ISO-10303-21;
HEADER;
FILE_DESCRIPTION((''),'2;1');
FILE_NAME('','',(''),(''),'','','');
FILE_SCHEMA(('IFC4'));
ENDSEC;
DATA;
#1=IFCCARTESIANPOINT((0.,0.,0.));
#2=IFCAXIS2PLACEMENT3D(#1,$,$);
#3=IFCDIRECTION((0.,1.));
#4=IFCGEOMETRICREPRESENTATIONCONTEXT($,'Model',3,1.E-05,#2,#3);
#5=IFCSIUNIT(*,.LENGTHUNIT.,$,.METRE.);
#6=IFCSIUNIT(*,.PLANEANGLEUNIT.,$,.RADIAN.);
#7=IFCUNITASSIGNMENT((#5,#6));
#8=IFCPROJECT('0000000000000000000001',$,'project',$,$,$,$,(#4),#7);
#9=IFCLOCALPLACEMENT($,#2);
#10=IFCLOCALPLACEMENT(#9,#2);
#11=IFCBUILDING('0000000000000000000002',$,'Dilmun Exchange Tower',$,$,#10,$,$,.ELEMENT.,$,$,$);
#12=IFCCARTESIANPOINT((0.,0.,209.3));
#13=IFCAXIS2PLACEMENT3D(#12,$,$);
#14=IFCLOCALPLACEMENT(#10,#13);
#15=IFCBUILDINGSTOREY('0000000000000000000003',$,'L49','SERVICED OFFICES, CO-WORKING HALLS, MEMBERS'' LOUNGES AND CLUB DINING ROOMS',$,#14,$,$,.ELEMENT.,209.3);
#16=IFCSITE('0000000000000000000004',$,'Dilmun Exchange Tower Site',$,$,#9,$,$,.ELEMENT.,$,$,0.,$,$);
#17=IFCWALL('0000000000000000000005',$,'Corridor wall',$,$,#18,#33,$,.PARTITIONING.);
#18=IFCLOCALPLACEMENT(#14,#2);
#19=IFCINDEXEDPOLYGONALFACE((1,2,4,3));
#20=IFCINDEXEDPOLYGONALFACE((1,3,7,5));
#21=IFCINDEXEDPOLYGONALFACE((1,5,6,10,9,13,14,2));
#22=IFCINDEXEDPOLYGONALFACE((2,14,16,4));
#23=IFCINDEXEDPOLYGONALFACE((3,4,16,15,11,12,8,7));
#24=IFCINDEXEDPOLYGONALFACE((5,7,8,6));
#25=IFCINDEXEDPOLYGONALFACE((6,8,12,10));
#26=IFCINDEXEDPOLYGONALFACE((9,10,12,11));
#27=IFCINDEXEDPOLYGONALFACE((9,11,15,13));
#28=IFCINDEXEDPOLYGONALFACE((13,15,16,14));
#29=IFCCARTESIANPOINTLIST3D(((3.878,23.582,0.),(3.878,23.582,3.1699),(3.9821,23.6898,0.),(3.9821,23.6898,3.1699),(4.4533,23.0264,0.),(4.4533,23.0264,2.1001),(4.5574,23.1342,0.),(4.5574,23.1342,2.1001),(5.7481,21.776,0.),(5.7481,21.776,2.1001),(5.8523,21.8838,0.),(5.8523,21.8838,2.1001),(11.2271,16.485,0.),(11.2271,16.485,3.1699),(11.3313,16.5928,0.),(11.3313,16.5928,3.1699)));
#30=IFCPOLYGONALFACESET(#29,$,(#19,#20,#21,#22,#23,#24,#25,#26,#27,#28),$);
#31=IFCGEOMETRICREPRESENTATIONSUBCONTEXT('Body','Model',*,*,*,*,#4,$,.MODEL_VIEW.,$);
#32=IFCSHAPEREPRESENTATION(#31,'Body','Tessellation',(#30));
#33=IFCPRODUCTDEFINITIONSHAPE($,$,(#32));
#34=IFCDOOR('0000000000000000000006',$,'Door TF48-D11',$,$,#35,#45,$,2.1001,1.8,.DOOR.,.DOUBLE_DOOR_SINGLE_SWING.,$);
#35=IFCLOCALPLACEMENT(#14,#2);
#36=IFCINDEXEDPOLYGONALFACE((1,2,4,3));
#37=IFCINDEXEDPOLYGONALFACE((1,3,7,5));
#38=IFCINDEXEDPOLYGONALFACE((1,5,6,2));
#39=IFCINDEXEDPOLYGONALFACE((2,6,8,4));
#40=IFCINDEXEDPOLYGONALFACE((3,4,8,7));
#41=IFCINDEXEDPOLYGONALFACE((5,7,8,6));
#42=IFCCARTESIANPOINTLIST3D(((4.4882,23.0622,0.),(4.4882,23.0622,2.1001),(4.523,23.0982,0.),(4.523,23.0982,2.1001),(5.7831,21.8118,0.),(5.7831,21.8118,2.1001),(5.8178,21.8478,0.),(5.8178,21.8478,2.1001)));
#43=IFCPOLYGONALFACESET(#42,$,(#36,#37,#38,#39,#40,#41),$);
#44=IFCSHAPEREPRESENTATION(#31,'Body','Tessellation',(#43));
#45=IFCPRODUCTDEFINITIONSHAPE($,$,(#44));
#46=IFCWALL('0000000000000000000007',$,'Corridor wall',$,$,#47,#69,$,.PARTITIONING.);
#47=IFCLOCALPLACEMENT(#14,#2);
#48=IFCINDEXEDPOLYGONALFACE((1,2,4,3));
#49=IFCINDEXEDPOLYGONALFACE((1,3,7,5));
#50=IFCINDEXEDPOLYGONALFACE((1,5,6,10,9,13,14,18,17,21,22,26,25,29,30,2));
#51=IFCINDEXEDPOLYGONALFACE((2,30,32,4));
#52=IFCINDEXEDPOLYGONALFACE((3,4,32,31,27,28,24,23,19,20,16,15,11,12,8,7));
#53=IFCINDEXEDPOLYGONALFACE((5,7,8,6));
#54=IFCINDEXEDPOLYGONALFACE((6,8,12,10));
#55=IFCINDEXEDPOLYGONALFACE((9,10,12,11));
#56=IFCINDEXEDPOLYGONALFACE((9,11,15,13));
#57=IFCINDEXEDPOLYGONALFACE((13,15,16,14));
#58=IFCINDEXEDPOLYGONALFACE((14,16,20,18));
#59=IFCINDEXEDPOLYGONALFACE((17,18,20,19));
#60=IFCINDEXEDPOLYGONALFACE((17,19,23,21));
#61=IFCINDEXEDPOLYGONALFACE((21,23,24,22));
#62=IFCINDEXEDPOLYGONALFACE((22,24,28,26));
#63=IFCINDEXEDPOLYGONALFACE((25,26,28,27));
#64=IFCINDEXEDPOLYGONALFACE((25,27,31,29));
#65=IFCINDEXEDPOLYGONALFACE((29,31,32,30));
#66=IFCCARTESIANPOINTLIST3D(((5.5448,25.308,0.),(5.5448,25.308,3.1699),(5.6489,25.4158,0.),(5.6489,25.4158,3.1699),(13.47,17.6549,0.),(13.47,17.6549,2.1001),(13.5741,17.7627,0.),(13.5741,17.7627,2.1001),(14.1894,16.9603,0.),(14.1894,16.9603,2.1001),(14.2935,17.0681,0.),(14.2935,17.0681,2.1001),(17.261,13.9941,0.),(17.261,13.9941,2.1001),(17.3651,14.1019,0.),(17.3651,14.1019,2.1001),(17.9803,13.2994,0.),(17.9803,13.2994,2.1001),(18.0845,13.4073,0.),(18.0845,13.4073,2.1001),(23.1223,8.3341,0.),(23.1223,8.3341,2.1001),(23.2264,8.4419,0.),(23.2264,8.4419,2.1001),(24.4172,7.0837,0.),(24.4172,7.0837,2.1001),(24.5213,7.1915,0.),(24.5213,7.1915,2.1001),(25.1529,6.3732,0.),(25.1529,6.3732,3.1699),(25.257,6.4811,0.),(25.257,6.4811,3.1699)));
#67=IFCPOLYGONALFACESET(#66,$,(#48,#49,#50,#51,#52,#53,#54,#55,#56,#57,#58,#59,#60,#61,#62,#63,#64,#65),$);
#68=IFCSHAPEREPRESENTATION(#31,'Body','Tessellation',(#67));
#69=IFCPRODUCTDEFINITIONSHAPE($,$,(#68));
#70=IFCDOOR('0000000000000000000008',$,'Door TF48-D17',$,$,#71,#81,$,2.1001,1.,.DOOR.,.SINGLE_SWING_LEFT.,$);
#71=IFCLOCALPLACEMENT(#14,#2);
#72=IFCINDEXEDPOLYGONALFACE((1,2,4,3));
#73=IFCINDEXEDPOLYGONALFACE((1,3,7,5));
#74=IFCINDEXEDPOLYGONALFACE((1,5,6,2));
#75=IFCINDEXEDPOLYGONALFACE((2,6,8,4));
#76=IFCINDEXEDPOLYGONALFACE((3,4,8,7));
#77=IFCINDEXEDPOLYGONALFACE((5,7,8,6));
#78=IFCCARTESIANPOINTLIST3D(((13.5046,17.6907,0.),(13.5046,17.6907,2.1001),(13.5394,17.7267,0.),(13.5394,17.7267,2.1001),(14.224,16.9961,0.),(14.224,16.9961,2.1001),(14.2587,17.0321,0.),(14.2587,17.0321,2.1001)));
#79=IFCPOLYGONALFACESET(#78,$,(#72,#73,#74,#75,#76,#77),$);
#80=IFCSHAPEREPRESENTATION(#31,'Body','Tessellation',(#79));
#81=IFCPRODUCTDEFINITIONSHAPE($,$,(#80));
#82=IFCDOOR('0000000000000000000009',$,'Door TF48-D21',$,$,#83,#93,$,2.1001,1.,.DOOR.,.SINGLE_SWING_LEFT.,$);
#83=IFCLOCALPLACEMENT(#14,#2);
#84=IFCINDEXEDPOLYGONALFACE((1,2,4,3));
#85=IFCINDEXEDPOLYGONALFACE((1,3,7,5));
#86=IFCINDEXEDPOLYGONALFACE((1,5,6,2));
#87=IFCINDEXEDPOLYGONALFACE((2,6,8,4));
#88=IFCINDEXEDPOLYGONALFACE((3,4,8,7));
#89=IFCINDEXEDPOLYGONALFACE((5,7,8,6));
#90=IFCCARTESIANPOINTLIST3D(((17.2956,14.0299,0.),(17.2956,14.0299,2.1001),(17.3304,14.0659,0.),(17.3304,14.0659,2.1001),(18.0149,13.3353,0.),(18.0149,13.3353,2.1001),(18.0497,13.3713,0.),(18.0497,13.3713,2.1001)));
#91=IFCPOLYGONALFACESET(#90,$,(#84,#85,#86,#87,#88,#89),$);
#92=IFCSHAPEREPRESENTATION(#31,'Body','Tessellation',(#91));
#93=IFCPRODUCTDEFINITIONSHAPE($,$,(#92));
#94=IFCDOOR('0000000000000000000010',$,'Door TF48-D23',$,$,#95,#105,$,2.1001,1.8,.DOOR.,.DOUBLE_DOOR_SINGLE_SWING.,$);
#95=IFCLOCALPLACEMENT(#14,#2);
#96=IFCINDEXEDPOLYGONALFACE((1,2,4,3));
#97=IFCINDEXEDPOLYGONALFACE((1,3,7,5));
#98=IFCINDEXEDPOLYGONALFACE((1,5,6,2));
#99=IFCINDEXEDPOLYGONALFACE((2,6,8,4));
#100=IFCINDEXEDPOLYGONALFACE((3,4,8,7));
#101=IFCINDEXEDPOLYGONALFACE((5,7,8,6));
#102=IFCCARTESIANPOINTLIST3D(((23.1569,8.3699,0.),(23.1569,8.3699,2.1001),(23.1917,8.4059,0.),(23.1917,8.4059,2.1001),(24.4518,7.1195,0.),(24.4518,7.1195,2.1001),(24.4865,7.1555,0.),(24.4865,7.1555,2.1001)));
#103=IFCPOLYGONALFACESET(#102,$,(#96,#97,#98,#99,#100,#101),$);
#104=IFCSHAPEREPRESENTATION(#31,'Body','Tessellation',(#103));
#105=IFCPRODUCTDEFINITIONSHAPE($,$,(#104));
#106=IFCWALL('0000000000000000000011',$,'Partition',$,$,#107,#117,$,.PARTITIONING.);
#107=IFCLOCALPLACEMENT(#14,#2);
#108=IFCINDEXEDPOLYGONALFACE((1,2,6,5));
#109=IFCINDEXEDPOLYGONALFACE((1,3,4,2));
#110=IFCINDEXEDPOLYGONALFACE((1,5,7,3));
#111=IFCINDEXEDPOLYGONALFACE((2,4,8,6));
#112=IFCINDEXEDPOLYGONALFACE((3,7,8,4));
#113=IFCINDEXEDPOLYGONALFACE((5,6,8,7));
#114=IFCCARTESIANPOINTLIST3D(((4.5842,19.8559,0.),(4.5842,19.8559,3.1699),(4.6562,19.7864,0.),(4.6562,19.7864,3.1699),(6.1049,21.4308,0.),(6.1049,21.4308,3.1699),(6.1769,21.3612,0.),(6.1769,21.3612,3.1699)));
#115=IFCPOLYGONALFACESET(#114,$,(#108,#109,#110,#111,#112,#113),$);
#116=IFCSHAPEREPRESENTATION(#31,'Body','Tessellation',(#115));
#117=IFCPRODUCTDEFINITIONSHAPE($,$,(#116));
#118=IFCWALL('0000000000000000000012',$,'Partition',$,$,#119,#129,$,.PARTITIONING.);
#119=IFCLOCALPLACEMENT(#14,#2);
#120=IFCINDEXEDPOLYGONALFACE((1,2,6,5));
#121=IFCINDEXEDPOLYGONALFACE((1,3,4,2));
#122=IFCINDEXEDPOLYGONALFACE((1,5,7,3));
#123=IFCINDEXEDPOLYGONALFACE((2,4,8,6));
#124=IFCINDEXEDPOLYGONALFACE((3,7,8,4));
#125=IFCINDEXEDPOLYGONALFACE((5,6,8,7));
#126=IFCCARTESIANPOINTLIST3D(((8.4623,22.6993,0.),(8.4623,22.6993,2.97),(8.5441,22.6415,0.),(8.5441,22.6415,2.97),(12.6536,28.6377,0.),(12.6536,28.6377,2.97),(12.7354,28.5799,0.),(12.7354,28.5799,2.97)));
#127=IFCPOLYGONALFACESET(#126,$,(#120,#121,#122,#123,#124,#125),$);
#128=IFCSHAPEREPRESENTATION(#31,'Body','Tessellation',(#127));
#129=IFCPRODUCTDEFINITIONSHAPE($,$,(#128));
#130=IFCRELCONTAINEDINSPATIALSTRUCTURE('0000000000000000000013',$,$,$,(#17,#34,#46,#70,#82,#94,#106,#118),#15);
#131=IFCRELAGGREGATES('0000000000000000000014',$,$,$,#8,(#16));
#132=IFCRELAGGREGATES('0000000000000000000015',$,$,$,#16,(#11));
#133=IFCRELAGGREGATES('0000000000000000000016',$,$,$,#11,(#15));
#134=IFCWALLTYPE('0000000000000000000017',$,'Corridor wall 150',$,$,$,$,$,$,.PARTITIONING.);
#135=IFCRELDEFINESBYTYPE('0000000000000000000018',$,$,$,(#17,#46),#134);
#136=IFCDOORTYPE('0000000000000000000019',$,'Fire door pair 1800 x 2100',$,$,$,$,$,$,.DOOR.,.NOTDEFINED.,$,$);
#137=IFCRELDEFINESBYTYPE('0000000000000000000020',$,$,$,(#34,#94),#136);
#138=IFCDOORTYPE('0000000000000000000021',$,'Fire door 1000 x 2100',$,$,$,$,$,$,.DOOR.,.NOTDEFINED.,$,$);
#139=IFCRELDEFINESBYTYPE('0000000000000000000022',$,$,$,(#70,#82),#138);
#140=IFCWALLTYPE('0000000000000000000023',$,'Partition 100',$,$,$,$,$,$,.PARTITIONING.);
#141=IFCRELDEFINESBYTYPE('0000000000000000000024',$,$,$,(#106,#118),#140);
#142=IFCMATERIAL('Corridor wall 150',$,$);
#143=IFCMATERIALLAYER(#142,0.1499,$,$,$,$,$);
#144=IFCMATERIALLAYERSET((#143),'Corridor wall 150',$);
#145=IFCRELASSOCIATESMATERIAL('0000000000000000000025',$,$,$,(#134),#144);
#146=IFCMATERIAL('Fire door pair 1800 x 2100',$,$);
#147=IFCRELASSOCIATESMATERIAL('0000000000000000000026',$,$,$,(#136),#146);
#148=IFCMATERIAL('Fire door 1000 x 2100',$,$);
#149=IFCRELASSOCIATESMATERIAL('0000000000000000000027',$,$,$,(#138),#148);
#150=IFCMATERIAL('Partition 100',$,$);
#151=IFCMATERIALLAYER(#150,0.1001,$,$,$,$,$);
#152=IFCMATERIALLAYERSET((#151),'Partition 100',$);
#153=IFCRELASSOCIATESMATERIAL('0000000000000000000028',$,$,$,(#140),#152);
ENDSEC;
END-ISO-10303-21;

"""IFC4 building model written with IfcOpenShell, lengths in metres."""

from ifc_helpers import new_model, si_unit, direction, frame, frame_2d, origin, place, context, subcontext, project, spatial, rectangle, extrude, material, layer, layer_set, type_object, element, fill, save


model = new_model("IFC4")

# Units and contexts
model_context = context("Model", 3, precision=1e-05, world=origin(), true_north=direction((0.0, 1.0)))
body_context = subcontext(model_context, "Body", "Model", "MODEL_VIEW")
ifc_project = project(units=[si_unit("LENGTHUNIT", "METRE"), si_unit("PLANEANGLEUNIT", "RADIAN")], contexts=[model_context])

# Site, building, storey
site_placement = place(None, origin())
site = spatial("IfcSite", under=ifc_project, at=site_placement, Name="Dilmun Exchange Tower Site", CompositionType="ELEMENT", RefElevation=0.0)
building_placement = place(site_placement, origin())
building = spatial("IfcBuilding", under=site, at=building_placement, Name="Dilmun Exchange Tower", CompositionType="ELEMENT")
storey_placement = place(building_placement, frame((0.0, 0.0, 209.3)))
storey = spatial("IfcBuildingStorey", under=building, at=storey_placement, Name="L49", Description="SERVICED OFFICES, CO-WORKING HALLS, MEMBERS' LOUNGES AND CLUB DINING ROOMS", CompositionType="ELEMENT", Elevation=209.3)

# Shared definitions
ifc_material_1 = material(Name="Corridor wall 150")
ifc_layer_1 = layer(ifc_material_1, 0.1499)
ifc_layer_set_1 = layer_set([ifc_layer_1], Name="Corridor wall 150")
wall_type_1 = type_object("IfcWallType", Name="Corridor wall 150", PredefinedType="PARTITIONING", material=ifc_layer_set_1)

# Wall, opening, door
wall_1_placement = place(storey_placement, frame((3.9299, 23.636, 0.0), z_axis=(0.0, 0.0, 1.0), x_axis=(0.719342, -0.694656, 0.0)))
wall_1 = element("IfcWall", 1, at=wall_1_placement, inside=storey, type_object=wall_type_1, Name="Corridor wall", PredefinedType="PARTITIONING", context=body_context, shape_type="SweptSolid", body=[
    extrude(rectangle(XDim=10.2166, YDim=0.1499, at=frame_2d((5.1084, 0.0))), origin(), (0.0, 0.0, 1.0), 3.1699),
])
opening_1_placement = place(wall_1_placement, frame((0.8, 0.0, 0.0)))
opening_1 = element("IfcOpeningElement", 2, at=opening_1_placement, cuts=wall_1, PredefinedType="OPENING", context=body_context, shape_type="SweptSolid", body=[
    extrude(rectangle(XDim=1.8, YDim=2.1001, at=frame_2d((0.8999, 1.05))), frame((0.0, 0.085, 0.0), z_axis=(0.0, -1.0, 0.0), x_axis=(1.0, 0.0, 0.0)), (0.0, 0.0, 1.0), 0.1699),
])
ifc_material_2 = material(Name="Fire door pair 1800 x 2100")
door_type_1 = type_object("IfcDoorType", Name="Fire door pair 1800 x 2100", OperationType="NOTDEFINED", PredefinedType="DOOR", material=ifc_material_2)
door_1_placement = place(opening_1_placement, frame((1.8, 0.0, 0.0), z_axis=(0.0, 0.0, 1.0), x_axis=(-1.0, 0.0, 0.0)))
door_1 = element("IfcDoor", 3, at=door_1_placement, inside=storey, type_object=door_type_1, Name="Door TF48-D11", OperationType="DOUBLE_DOOR_SINGLE_SWING", OverallHeight=2.1001, OverallWidth=1.8, PredefinedType="DOOR", context=body_context, shape_type="SweptSolid", body=[
    extrude(rectangle(XDim=1.8, YDim=2.1001, at=frame_2d((0.8999, 1.05))), frame((0.0, 0.0249, 0.0), z_axis=(0.0, -1.0, 0.0), x_axis=(1.0, 0.0, 0.0)), (0.0, 0.0, 1.0), 0.05),
])
fill(opening_1, door_1)

# Wall, openings, doors
wall_2_placement = place(storey_placement, frame((5.5969, 25.3618, 0.0), z_axis=(0.0, 0.0, 1.0), x_axis=(0.71935, -0.694648, 0.0)))
wall_2 = element("IfcWall", 4, at=wall_2_placement, inside=storey, type_object=wall_type_1, Name="Corridor wall", PredefinedType="PARTITIONING", context=body_context, shape_type="SweptSolid", body=[
    extrude(rectangle(XDim=27.2581, YDim=0.1499, at=frame_2d((13.6289, 0.0))), origin(), (0.0, 0.0, 1.0), 3.1699),
])
opening_2_placement = place(wall_2_placement, frame((11.0171, 0.0, 0.0)))
opening_2 = element("IfcOpeningElement", 5, at=opening_2_placement, cuts=wall_2, PredefinedType="OPENING", context=body_context, shape_type="SweptSolid", body=[
    extrude(rectangle(XDim=1.0, YDim=2.1001, at=frame_2d((0.5, 1.05))), frame((0.0, 0.085, 0.0), z_axis=(0.0, -1.0, 0.0), x_axis=(1.0, 0.0, 0.0)), (0.0, 0.0, 1.0), 0.1699),
])
opening_3_placement = place(wall_2_placement, frame((16.2871, 0.0, 0.0)))
opening_3 = element("IfcOpeningElement", 6, at=opening_3_placement, cuts=wall_2, PredefinedType="OPENING", context=body_context, shape_type="SweptSolid", body=[
    extrude(rectangle(XDim=1.0, YDim=2.1001, at=frame_2d((0.5, 1.05))), frame((0.0, 0.085, 0.0), z_axis=(0.0, -1.0, 0.0), x_axis=(1.0, 0.0, 0.0)), (0.0, 0.0, 1.0), 0.1699),
])
opening_4_placement = place(wall_2_placement, frame((24.4353, 0.0, 0.0)))
opening_4 = element("IfcOpeningElement", 7, at=opening_4_placement, cuts=wall_2, PredefinedType="OPENING", context=body_context, shape_type="SweptSolid", body=[
    extrude(rectangle(XDim=1.8, YDim=2.1001, at=frame_2d((0.8999, 1.05))), frame((0.0, 0.085, 0.0), z_axis=(0.0, -1.0, 0.0), x_axis=(1.0, 0.0, 0.0)), (0.0, 0.0, 1.0), 0.1699),
])
ifc_material_3 = material(Name="Fire door 1000 x 2100")
door_type_2 = type_object("IfcDoorType", Name="Fire door 1000 x 2100", OperationType="NOTDEFINED", PredefinedType="DOOR", material=ifc_material_3)
door_2_placement = place(opening_2_placement, origin())
door_2 = element("IfcDoor", 8, at=door_2_placement, inside=storey, type_object=door_type_2, Name="Door TF48-D17", OperationType="SINGLE_SWING_LEFT", OverallHeight=2.1001, OverallWidth=1.0, PredefinedType="DOOR", context=body_context, shape_type="SweptSolid", body=[
    extrude(rectangle(XDim=1.0, YDim=2.1001, at=frame_2d((0.5, 1.05))), frame((0.0, 0.0249, 0.0), z_axis=(0.0, -1.0, 0.0), x_axis=(1.0, 0.0, 0.0)), (0.0, 0.0, 1.0), 0.05),
])
fill(opening_2, door_2)
door_3_placement = place(opening_3_placement, origin())
door_3 = element("IfcDoor", 9, at=door_3_placement, inside=storey, type_object=door_type_2, Name="Door TF48-D21", OperationType="SINGLE_SWING_LEFT", OverallHeight=2.1001, OverallWidth=1.0, PredefinedType="DOOR", context=body_context, shape_type="SweptSolid", body=[
    extrude(rectangle(XDim=1.0, YDim=2.1001, at=frame_2d((0.5, 1.05))), frame((0.0, 0.0249, 0.0), z_axis=(0.0, -1.0, 0.0), x_axis=(1.0, 0.0, 0.0)), (0.0, 0.0, 1.0), 0.05),
])
fill(opening_3, door_3)
door_4_placement = place(opening_4_placement, origin())
door_4 = element("IfcDoor", 10, at=door_4_placement, inside=storey, type_object=door_type_1, Name="Door TF48-D23", OperationType="DOUBLE_DOOR_SINGLE_SWING", OverallHeight=2.1001, OverallWidth=1.8, PredefinedType="DOOR", context=body_context, shape_type="SweptSolid", body=[
    extrude(rectangle(XDim=1.8, YDim=2.1001, at=frame_2d((0.8999, 1.05))), frame((0.0, 0.0249, 0.0), z_axis=(0.0, -1.0, 0.0), x_axis=(1.0, 0.0, 0.0)), (0.0, 0.0, 1.0), 0.05),
])
fill(opening_4, door_4)

# Walls
ifc_material_4 = material(Name="Partition 100")
ifc_layer_2 = layer(ifc_material_4, 0.1001)
ifc_layer_set_2 = layer_set([ifc_layer_2], Name="Partition 100")
wall_type_2 = type_object("IfcWallType", Name="Partition 100", PredefinedType="PARTITIONING", material=ifc_layer_set_2)
wall_3_placement = place(storey_placement, frame((4.6201, 19.821, 0.0), z_axis=(0.0, 0.0, 1.0), x_axis=(0.69462, 0.719376, 0.0)))
element("IfcWall", 11, at=wall_3_placement, inside=storey, type_object=wall_type_2, Name="Partition", PredefinedType="PARTITIONING", context=body_context, shape_type="SweptSolid", body=[
    extrude(rectangle(XDim=2.1892, YDim=0.1001, at=frame_2d((1.0947, 0.0))), origin(), (0.0, 0.0, 1.0), 3.1699),
])
wall_4_placement = place(storey_placement, frame((8.5032, 22.6704, 0.0), z_axis=(0.0, 0.0, 1.0), x_axis=(0.576641, 0.816998, 0.0)))
element("IfcWall", 12, at=wall_4_placement, inside=storey, type_object=wall_type_2, Name="Partition", PredefinedType="PARTITIONING", context=body_context, shape_type="SweptSolid", body=[
    extrude(rectangle(XDim=7.2686, YDim=0.1001, at=frame_2d((3.6343, 0.0))), origin(), (0.0, 0.0, 1.0), 2.97),
])

save(model, "model.ifc")
